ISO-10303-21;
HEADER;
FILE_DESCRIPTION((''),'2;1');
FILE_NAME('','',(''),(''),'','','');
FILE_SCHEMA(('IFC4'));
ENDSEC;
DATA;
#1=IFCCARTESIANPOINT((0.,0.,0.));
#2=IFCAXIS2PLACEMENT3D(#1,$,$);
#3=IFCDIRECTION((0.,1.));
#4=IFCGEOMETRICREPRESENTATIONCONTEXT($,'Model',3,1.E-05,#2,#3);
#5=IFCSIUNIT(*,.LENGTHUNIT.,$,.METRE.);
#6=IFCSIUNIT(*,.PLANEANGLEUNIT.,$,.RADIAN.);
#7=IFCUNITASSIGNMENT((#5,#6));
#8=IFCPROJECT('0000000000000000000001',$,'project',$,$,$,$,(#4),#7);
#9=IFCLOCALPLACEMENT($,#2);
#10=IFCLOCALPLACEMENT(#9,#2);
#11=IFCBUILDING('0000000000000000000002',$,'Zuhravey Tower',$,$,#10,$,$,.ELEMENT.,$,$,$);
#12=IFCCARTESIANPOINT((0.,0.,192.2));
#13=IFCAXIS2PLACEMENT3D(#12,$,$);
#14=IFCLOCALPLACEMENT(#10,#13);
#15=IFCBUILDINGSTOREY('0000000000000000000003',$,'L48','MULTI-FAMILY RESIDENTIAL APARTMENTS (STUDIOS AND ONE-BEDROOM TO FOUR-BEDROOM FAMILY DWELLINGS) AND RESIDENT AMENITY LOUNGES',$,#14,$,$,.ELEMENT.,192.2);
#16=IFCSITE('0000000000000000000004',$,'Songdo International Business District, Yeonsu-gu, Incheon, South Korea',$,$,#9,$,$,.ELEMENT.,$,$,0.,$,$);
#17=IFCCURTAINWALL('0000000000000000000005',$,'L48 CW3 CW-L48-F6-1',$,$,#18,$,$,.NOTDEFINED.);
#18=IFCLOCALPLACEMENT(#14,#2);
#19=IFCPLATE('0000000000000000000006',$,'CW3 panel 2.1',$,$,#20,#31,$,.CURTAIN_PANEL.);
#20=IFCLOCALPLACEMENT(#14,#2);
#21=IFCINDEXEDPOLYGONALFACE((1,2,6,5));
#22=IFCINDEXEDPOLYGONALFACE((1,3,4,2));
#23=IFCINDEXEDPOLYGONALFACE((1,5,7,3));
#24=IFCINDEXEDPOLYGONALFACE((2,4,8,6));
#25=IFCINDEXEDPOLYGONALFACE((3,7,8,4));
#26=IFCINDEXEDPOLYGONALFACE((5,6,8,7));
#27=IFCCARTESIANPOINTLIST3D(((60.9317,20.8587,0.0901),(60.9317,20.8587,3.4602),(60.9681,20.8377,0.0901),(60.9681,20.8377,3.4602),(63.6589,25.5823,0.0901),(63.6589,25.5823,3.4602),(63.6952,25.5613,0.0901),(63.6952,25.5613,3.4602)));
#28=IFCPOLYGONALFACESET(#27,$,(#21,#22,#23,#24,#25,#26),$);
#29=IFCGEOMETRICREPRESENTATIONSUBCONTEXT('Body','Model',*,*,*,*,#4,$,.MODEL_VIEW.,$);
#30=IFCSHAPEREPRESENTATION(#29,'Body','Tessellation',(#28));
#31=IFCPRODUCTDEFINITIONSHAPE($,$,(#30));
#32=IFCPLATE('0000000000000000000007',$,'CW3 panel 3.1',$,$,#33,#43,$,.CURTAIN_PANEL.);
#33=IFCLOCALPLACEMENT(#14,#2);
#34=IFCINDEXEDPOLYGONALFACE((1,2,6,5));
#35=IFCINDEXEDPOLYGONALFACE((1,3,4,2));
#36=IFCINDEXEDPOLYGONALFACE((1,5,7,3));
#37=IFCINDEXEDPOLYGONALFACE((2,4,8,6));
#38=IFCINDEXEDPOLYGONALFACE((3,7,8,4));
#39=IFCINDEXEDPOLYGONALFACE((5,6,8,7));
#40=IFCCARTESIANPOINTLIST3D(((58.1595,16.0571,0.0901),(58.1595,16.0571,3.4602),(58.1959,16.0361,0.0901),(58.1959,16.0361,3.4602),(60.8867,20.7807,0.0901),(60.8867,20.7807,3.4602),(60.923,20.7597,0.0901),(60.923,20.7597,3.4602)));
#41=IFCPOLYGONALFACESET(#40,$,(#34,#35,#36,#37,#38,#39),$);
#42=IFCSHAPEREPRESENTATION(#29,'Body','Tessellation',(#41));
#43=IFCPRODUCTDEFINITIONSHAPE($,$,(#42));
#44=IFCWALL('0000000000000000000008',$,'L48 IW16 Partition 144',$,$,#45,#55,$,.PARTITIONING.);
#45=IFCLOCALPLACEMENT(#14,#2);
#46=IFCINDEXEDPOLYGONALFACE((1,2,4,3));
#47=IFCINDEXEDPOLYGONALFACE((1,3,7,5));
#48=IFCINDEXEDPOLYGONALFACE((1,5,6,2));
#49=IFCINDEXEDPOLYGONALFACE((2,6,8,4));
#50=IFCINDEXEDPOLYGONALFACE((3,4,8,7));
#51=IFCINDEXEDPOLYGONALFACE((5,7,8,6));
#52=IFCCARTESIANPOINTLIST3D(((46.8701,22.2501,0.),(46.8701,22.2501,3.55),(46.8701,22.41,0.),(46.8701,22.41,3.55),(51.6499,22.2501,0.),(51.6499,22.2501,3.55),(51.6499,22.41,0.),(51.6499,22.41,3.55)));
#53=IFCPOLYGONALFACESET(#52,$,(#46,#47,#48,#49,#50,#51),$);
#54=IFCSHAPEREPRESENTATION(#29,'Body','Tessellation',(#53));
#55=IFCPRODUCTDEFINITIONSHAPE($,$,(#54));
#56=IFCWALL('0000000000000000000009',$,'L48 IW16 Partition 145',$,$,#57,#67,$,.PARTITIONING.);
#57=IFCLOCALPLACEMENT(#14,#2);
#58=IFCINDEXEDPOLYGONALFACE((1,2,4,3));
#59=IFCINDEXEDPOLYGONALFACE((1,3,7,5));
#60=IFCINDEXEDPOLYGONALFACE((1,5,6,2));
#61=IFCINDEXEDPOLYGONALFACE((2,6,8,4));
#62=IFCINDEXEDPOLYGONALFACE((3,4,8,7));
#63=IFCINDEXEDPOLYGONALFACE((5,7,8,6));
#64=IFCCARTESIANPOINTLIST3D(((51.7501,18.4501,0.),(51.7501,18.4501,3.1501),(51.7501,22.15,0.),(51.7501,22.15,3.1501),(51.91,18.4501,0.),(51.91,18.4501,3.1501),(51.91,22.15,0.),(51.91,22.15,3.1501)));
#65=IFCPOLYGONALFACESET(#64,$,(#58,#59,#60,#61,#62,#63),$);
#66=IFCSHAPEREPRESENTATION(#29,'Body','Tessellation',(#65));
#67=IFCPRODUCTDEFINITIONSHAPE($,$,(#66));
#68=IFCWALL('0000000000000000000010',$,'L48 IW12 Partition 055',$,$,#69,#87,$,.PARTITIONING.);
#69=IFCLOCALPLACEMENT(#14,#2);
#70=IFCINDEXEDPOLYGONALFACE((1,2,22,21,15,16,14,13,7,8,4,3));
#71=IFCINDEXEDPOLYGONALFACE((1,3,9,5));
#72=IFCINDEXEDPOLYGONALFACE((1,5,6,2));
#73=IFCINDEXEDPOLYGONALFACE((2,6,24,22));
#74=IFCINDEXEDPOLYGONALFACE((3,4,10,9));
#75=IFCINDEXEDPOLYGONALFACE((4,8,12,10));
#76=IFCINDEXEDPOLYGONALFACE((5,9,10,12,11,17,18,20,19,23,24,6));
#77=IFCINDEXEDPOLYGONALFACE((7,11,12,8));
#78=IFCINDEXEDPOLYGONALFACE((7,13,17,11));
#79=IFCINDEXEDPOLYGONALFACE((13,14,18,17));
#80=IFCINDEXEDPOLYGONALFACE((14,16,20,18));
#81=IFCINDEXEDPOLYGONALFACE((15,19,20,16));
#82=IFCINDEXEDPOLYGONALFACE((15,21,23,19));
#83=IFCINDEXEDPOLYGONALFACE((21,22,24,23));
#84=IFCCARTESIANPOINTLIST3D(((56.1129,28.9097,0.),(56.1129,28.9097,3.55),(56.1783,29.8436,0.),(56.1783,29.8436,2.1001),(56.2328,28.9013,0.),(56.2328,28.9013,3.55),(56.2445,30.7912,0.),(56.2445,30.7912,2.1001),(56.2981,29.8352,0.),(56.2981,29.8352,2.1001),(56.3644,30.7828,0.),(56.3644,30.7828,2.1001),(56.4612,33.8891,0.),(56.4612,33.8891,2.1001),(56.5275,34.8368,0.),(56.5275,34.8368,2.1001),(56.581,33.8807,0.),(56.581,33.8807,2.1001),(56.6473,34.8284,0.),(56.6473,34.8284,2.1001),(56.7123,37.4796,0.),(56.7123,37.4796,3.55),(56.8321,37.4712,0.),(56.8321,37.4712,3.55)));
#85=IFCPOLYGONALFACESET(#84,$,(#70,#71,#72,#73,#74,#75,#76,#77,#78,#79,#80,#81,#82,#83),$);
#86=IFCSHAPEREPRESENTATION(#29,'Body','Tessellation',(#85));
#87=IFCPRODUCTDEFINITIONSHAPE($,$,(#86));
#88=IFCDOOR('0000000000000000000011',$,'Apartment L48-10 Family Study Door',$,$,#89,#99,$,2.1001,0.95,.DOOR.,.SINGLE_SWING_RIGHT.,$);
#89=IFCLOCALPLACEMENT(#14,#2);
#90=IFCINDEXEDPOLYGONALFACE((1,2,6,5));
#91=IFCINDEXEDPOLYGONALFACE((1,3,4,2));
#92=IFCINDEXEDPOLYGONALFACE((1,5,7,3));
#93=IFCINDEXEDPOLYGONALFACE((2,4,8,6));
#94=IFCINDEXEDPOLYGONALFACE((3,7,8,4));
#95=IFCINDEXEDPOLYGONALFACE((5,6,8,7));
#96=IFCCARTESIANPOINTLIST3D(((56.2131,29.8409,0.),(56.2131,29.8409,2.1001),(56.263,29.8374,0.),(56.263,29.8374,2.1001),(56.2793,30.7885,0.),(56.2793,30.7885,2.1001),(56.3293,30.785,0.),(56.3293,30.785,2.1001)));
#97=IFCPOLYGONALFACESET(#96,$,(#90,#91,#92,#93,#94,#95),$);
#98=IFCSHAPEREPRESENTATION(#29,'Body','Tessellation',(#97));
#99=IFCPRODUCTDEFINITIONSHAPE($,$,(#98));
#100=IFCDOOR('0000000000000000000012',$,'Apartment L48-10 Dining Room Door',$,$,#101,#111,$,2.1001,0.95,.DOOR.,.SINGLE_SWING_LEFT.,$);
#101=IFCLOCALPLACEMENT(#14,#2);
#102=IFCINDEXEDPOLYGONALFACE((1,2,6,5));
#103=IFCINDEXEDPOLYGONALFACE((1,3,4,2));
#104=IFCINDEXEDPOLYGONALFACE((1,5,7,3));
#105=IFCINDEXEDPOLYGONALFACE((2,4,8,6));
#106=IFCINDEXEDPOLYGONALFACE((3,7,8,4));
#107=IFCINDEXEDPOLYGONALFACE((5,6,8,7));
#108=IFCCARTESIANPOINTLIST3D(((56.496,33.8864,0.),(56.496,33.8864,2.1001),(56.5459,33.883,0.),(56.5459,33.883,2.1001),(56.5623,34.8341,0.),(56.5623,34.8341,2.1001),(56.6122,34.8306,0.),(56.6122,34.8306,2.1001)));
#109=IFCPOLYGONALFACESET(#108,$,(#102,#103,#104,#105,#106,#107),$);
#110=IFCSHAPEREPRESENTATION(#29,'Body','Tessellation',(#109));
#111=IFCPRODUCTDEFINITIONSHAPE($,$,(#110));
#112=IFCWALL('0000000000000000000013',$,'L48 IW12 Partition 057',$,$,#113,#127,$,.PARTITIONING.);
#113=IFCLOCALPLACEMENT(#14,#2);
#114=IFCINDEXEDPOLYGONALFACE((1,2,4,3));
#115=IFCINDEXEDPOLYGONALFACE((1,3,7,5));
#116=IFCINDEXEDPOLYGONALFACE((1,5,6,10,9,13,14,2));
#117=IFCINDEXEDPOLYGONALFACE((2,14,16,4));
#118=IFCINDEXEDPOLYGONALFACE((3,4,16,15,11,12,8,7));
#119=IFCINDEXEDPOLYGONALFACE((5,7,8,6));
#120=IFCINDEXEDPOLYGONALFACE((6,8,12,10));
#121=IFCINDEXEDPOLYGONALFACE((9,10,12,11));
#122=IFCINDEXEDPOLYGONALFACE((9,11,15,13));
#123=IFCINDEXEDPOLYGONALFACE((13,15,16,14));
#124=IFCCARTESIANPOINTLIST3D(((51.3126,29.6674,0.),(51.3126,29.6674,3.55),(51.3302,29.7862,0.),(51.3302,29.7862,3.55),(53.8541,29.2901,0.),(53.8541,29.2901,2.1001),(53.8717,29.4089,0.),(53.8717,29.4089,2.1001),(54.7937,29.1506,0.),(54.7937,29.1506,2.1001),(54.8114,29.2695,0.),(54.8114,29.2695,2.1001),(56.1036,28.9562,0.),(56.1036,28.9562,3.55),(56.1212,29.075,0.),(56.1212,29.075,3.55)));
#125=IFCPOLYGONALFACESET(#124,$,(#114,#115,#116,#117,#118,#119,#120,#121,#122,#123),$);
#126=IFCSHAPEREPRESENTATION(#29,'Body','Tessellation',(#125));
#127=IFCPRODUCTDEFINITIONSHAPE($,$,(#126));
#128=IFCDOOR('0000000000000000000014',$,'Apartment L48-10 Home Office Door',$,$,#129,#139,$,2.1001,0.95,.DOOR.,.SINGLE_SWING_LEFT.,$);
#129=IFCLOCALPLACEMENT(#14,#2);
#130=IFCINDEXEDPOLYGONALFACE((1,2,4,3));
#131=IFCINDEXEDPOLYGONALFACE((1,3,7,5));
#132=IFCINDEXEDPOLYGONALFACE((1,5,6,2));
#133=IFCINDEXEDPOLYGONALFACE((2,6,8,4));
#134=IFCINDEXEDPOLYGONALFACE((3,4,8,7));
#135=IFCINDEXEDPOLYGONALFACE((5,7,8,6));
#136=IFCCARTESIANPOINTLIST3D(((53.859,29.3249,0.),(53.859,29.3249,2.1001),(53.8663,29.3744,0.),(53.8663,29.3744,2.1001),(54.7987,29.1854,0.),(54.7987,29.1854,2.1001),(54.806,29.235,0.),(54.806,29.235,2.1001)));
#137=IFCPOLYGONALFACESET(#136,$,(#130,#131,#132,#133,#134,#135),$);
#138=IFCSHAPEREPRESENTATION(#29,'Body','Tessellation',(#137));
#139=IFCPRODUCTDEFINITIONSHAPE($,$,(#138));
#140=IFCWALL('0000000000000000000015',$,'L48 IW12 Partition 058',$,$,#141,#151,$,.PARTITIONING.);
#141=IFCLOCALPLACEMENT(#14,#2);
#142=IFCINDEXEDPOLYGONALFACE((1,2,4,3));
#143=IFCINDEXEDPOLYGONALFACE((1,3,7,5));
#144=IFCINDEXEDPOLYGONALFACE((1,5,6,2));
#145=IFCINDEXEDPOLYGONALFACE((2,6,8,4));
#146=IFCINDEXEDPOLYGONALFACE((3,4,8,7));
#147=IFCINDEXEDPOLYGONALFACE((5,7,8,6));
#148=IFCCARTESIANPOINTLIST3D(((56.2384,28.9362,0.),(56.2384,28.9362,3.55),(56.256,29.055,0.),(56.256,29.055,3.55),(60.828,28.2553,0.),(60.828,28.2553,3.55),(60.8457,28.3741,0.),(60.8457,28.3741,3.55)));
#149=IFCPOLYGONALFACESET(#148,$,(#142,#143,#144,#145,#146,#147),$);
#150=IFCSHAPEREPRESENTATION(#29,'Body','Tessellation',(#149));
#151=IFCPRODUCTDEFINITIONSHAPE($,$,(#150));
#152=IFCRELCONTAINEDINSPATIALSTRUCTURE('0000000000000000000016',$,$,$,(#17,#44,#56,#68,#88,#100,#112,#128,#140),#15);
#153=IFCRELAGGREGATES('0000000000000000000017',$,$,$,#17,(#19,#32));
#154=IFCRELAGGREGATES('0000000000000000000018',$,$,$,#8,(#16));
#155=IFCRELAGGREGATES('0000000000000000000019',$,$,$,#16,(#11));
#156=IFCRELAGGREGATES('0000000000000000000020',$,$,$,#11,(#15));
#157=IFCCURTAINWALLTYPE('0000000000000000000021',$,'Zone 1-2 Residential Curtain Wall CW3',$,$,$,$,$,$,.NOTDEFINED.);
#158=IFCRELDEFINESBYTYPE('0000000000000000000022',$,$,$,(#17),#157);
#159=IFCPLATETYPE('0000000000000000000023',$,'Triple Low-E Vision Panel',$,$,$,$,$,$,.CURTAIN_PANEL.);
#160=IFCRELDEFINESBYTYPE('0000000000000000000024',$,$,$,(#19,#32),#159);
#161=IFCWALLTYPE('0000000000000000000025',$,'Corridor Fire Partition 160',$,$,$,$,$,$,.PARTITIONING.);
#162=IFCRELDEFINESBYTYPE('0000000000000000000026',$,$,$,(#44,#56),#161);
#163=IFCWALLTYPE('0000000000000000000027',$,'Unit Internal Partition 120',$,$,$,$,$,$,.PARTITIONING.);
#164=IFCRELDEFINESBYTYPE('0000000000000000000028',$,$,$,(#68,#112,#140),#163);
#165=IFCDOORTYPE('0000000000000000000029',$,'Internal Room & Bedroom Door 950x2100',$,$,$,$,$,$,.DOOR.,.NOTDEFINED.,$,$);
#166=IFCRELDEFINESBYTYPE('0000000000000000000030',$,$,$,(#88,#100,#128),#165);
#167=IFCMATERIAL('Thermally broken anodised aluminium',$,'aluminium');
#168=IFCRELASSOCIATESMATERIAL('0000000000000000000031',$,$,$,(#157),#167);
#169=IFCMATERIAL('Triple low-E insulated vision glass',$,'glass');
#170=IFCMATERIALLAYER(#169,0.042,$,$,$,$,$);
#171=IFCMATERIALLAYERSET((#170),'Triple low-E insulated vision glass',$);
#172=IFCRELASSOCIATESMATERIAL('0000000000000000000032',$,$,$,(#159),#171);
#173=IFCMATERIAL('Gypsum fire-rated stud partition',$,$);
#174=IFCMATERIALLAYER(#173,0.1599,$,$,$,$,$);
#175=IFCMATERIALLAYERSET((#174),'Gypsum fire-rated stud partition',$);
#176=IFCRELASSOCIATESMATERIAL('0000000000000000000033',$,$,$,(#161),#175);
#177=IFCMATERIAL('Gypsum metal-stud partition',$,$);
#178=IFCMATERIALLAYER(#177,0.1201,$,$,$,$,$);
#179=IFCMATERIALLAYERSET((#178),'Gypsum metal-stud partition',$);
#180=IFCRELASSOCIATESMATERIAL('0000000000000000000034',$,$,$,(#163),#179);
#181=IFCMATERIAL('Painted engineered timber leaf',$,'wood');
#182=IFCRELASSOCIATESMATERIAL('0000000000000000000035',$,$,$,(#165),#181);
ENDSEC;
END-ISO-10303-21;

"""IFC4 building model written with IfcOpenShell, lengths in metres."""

from ifc_helpers import new_model, si_unit, direction, frame, frame_2d, origin, origin_2d, place, context, subcontext, project, spatial, rectangle, extrude, material, layer, layer_set, type_object, element, fill, aggregate, save


model = new_model("IFC4")

# Units and contexts
model_context = context("Model", 3, precision=1e-05, world=origin(), true_north=direction((0.0, 1.0)))
body_context = subcontext(model_context, "Body", "Model", "MODEL_VIEW")
ifc_project = project(units=[si_unit("LENGTHUNIT", "METRE"), si_unit("PLANEANGLEUNIT", "RADIAN")], contexts=[model_context])

# Site, building, storey
site_placement = place(None, origin())
site = spatial("IfcSite", under=ifc_project, at=site_placement, Name="Songdo International Business District, Yeonsu-gu, Incheon, South Korea", CompositionType="ELEMENT", RefElevation=0.0)
building_placement = place(site_placement, origin())
building = spatial("IfcBuilding", under=site, at=building_placement, Name="Zuhravey Tower", CompositionType="ELEMENT")
storey_placement = place(building_placement, frame((0.0, 0.0, 192.2)))
storey = spatial("IfcBuildingStorey", under=building, at=storey_placement, Name="L48", Description="MULTI-FAMILY RESIDENTIAL APARTMENTS (STUDIOS AND ONE-BEDROOM TO FOUR-BEDROOM FAMILY DWELLINGS) AND RESIDENT AMENITY LOUNGES", CompositionType="ELEMENT", Elevation=192.2)

# Curtain wall
ifc_material_1 = material(Name="Thermally broken anodised aluminium", Category="aluminium")
curtain_wall_type = type_object("IfcCurtainWallType", Name="Zone 1-2 Residential Curtain Wall CW3", PredefinedType="NOTDEFINED", material=ifc_material_1)
curtain_wall_placement = place(storey_placement, origin())
curtain_wall = element("IfcCurtainWall", 1, at=curtain_wall_placement, inside=storey, type_object=curtain_wall_type, Name="L48 CW3 CW-L48-F6-1", PredefinedType="NOTDEFINED")

# Plates
ifc_material_2 = material(Name="Triple low-E insulated vision glass", Category="glass")
ifc_layer_1 = layer(ifc_material_2, 0.042)
ifc_layer_set_1 = layer_set([ifc_layer_1], Name="Triple low-E insulated vision glass")
plate_type_1 = type_object("IfcPlateType", Name="Triple Low-E Vision Panel", PredefinedType="CURTAIN_PANEL", material=ifc_layer_set_1)
plate_1_placement = place(storey_placement, frame((62.3135, 23.21, 0.0901), z_axis=(0.0, 0.0, 1.0), x_axis=(-0.5, -0.866025, 0.0)))
plate_1 = element("IfcPlate", 2, at=plate_1_placement, type_object=plate_type_1, Name="CW3 panel 2.1", PredefinedType="CURTAIN_PANEL", context=body_context, shape_type="SweptSolid", body=[
    extrude(rectangle(XDim=5.4543, YDim=0.042, at=origin_2d()), origin(), (0.0, 0.0, 1.0), 3.3701),
])
plate_2_placement = place(storey_placement, frame((59.5413, 18.4084, 0.0901), z_axis=(0.0, 0.0, 1.0), x_axis=(-0.5, -0.866025, 0.0)))
plate_2 = element("IfcPlate", 3, at=plate_2_placement, type_object=plate_type_1, Name="CW3 panel 3.1", PredefinedType="CURTAIN_PANEL", context=body_context, shape_type="SweptSolid", body=[
    extrude(rectangle(XDim=5.4543, YDim=0.042, at=origin_2d()), origin(), (0.0, 0.0, 1.0), 3.3701),
])
aggregate(curtain_wall, [plate_1, plate_2])

# Walls
ifc_material_3 = material(Name="Gypsum fire-rated stud partition")
ifc_layer_2 = layer(ifc_material_3, 0.1599)
ifc_layer_set_2 = layer_set([ifc_layer_2], Name="Gypsum fire-rated stud partition")
wall_type_1 = type_object("IfcWallType", Name="Corridor Fire Partition 160", PredefinedType="PARTITIONING", material=ifc_layer_set_2)
wall_1_placement = place(storey_placement, frame((51.6499, 22.3301, 0.0), z_axis=(0.0, 0.0, 1.0), x_axis=(-1.0, 0.0, 0.0)))
element("IfcWall", 4, at=wall_1_placement, inside=storey, type_object=wall_type_1, Name="L48 IW16 Partition 144", PredefinedType="PARTITIONING", context=body_context, shape_type="SweptSolid", body=[
    extrude(rectangle(XDim=4.7798, YDim=0.1599, at=frame_2d((2.3899, 0.0))), origin(), (0.0, 0.0, 1.0), 3.55),
])
wall_2_placement = place(storey_placement, frame((51.8301, 18.45, 0.0), z_axis=(0.0, 0.0, 1.0), x_axis=(0.0, 1.0, 0.0)))
element("IfcWall", 5, at=wall_2_placement, inside=storey, type_object=wall_type_1, Name="L48 IW16 Partition 145", PredefinedType="PARTITIONING", context=body_context, shape_type="SweptSolid", body=[
    extrude(rectangle(XDim=3.7, YDim=0.1599, at=frame_2d((1.8501, 0.0))), origin(), (0.0, 0.0, 1.0), 3.1501),
])

# Wall, openings, doors
ifc_material_4 = material(Name="Gypsum metal-stud partition")
ifc_layer_3 = layer(ifc_material_4, 0.1201)
ifc_layer_set_3 = layer_set([ifc_layer_3], Name="Gypsum metal-stud partition")
wall_type_2 = type_object("IfcWallType", Name="Unit Internal Partition 120", PredefinedType="PARTITIONING", material=ifc_layer_set_3)
wall_3_placement = place(storey_placement, frame((56.1729, 28.9055, 0.0), z_axis=(0.0, 0.0, 1.0), x_axis=(0.069769, 0.997563, 0.0)))
wall_3 = element("IfcWall", 6, at=wall_3_placement, inside=storey, type_object=wall_type_2, Name="L48 IW12 Partition 055", PredefinedType="PARTITIONING", context=body_context, shape_type="SweptSolid", body=[
    extrude(rectangle(XDim=8.5908, YDim=0.1201, at=frame_2d((4.2954, 0.0))), origin(), (0.0, 0.0, 1.0), 3.55),
])
opening_1_placement = place(wall_3_placement, frame((0.936, 0.0, 0.0)))
opening_1 = element("IfcOpeningElement", 7, at=opening_1_placement, cuts=wall_3, PredefinedType="OPENING", context=body_context, shape_type="SweptSolid", body=[
    extrude(rectangle(XDim=0.95, YDim=2.1001, at=frame_2d((0.4751, 1.05))), frame((0.0, 0.072, 0.0), z_axis=(0.0, -1.0, 0.0), x_axis=(1.0, 0.0, 0.0)), (0.0, 0.0, 1.0), 0.144),
])
opening_2_placement = place(wall_3_placement, frame((4.9915, 0.0, 0.0)))
opening_2 = element("IfcOpeningElement", 8, at=opening_2_placement, cuts=wall_3, PredefinedType="OPENING", context=body_context, shape_type="SweptSolid", body=[
    extrude(rectangle(XDim=0.95, YDim=2.1001, at=frame_2d((0.4751, 1.05))), frame((0.0, 0.072, 0.0), z_axis=(0.0, -1.0, 0.0), x_axis=(1.0, 0.0, 0.0)), (0.0, 0.0, 1.0), 0.144),
])
ifc_material_5 = material(Name="Painted engineered timber leaf", Category="wood")
door_type = type_object("IfcDoorType", Name="Internal Room & Bedroom Door 950x2100", OperationType="NOTDEFINED", PredefinedType="DOOR", material=ifc_material_5)
door_1_placement = place(opening_1_placement, frame((0.95, 0.0, 0.0), z_axis=(0.0, 0.0, 1.0), x_axis=(-1.0, 0.0, 0.0)))
door_1 = element("IfcDoor", 9, at=door_1_placement, inside=storey, type_object=door_type, Name="Apartment L48-10 Family Study Door", OperationType="SINGLE_SWING_RIGHT", OverallHeight=2.1001, OverallWidth=0.95, PredefinedType="DOOR", context=body_context, shape_type="SweptSolid", body=[
    extrude(rectangle(XDim=0.95, YDim=2.1001, at=frame_2d((0.4751, 1.05))), frame((0.0, 0.0249, 0.0), z_axis=(0.0, -1.0, 0.0), x_axis=(1.0, 0.0, 0.0)), (0.0, 0.0, 1.0), 0.05),
])
fill(opening_1, door_1)
door_2_placement = place(opening_2_placement, frame((0.95, 0.0, 0.0), z_axis=(0.0, 0.0, 1.0), x_axis=(-1.0, 0.0, 0.0)))
door_2 = element("IfcDoor", 10, at=door_2_placement, inside=storey, type_object=door_type, Name="Apartment L48-10 Dining Room Door", OperationType="SINGLE_SWING_LEFT", OverallHeight=2.1001, OverallWidth=0.95, PredefinedType="DOOR", context=body_context, shape_type="SweptSolid", body=[
    extrude(rectangle(XDim=0.95, YDim=2.1001, at=frame_2d((0.4751, 1.05))), frame((0.0, 0.0249, 0.0), z_axis=(0.0, -1.0, 0.0), x_axis=(1.0, 0.0, 0.0)), (0.0, 0.0, 1.0), 0.05),
])
fill(opening_2, door_2)

# Wall, opening, door
wall_4_placement = place(storey_placement, frame((51.3213, 29.7268, 0.0), z_axis=(0.0, 0.0, 1.0), x_axis=(0.989161, -0.146832, 0.0)))
wall_4 = element("IfcWall", 11, at=wall_4_placement, inside=storey, type_object=wall_type_2, Name="L48 IW12 Partition 057", PredefinedType="PARTITIONING", context=body_context, shape_type="SweptSolid", body=[
    extrude(rectangle(XDim=4.8435, YDim=0.1201, at=frame_2d((2.4219, 0.0))), origin(), (0.0, 0.0, 1.0), 3.55),
])
opening_3_placement = place(wall_4_placement, frame((2.5693, 0.0, 0.0)))
opening_3 = element("IfcOpeningElement", 12, at=opening_3_placement, cuts=wall_4, PredefinedType="OPENING", context=body_context, shape_type="SweptSolid", body=[
    extrude(rectangle(XDim=0.95, YDim=2.1001, at=frame_2d((0.4751, 1.05))), frame((0.0, 0.072, 0.0), z_axis=(0.0, -1.0, 0.0), x_axis=(1.0, 0.0, 0.0)), (0.0, 0.0, 1.0), 0.144),
])
door_3_placement = place(opening_3_placement, frame((0.95, 0.0, 0.0), z_axis=(0.0, 0.0, 1.0), x_axis=(-1.0, 0.0, 0.0)))
door_3 = element("IfcDoor", 13, at=door_3_placement, inside=storey, type_object=door_type, Name="Apartment L48-10 Home Office Door", OperationType="SINGLE_SWING_LEFT", OverallHeight=2.1001, OverallWidth=0.95, PredefinedType="DOOR", context=body_context, shape_type="SweptSolid", body=[
    extrude(rectangle(XDim=0.95, YDim=2.1001, at=frame_2d((0.4751, 1.05))), frame((0.0, 0.0249, 0.0), z_axis=(0.0, -1.0, 0.0), x_axis=(1.0, 0.0, 0.0)), (0.0, 0.0, 1.0), 0.05),
])
fill(opening_3, door_3)

# Wall
wall_5_placement = place(storey_placement, frame((56.2473, 28.9956, 0.0), z_axis=(0.0, 0.0, 1.0), x_axis=(0.989173, -0.146753, 0.0)))
element("IfcWall", 14, at=wall_5_placement, inside=storey, type_object=wall_type_2, Name="L48 IW12 Partition 058", PredefinedType="PARTITIONING", context=body_context, shape_type="SweptSolid", body=[
    extrude(rectangle(XDim=4.6399, YDim=0.1201, at=frame_2d((2.3198, 0.0))), origin(), (0.0, 0.0, 1.0), 3.55),
])

save(model, "model.ifc")
